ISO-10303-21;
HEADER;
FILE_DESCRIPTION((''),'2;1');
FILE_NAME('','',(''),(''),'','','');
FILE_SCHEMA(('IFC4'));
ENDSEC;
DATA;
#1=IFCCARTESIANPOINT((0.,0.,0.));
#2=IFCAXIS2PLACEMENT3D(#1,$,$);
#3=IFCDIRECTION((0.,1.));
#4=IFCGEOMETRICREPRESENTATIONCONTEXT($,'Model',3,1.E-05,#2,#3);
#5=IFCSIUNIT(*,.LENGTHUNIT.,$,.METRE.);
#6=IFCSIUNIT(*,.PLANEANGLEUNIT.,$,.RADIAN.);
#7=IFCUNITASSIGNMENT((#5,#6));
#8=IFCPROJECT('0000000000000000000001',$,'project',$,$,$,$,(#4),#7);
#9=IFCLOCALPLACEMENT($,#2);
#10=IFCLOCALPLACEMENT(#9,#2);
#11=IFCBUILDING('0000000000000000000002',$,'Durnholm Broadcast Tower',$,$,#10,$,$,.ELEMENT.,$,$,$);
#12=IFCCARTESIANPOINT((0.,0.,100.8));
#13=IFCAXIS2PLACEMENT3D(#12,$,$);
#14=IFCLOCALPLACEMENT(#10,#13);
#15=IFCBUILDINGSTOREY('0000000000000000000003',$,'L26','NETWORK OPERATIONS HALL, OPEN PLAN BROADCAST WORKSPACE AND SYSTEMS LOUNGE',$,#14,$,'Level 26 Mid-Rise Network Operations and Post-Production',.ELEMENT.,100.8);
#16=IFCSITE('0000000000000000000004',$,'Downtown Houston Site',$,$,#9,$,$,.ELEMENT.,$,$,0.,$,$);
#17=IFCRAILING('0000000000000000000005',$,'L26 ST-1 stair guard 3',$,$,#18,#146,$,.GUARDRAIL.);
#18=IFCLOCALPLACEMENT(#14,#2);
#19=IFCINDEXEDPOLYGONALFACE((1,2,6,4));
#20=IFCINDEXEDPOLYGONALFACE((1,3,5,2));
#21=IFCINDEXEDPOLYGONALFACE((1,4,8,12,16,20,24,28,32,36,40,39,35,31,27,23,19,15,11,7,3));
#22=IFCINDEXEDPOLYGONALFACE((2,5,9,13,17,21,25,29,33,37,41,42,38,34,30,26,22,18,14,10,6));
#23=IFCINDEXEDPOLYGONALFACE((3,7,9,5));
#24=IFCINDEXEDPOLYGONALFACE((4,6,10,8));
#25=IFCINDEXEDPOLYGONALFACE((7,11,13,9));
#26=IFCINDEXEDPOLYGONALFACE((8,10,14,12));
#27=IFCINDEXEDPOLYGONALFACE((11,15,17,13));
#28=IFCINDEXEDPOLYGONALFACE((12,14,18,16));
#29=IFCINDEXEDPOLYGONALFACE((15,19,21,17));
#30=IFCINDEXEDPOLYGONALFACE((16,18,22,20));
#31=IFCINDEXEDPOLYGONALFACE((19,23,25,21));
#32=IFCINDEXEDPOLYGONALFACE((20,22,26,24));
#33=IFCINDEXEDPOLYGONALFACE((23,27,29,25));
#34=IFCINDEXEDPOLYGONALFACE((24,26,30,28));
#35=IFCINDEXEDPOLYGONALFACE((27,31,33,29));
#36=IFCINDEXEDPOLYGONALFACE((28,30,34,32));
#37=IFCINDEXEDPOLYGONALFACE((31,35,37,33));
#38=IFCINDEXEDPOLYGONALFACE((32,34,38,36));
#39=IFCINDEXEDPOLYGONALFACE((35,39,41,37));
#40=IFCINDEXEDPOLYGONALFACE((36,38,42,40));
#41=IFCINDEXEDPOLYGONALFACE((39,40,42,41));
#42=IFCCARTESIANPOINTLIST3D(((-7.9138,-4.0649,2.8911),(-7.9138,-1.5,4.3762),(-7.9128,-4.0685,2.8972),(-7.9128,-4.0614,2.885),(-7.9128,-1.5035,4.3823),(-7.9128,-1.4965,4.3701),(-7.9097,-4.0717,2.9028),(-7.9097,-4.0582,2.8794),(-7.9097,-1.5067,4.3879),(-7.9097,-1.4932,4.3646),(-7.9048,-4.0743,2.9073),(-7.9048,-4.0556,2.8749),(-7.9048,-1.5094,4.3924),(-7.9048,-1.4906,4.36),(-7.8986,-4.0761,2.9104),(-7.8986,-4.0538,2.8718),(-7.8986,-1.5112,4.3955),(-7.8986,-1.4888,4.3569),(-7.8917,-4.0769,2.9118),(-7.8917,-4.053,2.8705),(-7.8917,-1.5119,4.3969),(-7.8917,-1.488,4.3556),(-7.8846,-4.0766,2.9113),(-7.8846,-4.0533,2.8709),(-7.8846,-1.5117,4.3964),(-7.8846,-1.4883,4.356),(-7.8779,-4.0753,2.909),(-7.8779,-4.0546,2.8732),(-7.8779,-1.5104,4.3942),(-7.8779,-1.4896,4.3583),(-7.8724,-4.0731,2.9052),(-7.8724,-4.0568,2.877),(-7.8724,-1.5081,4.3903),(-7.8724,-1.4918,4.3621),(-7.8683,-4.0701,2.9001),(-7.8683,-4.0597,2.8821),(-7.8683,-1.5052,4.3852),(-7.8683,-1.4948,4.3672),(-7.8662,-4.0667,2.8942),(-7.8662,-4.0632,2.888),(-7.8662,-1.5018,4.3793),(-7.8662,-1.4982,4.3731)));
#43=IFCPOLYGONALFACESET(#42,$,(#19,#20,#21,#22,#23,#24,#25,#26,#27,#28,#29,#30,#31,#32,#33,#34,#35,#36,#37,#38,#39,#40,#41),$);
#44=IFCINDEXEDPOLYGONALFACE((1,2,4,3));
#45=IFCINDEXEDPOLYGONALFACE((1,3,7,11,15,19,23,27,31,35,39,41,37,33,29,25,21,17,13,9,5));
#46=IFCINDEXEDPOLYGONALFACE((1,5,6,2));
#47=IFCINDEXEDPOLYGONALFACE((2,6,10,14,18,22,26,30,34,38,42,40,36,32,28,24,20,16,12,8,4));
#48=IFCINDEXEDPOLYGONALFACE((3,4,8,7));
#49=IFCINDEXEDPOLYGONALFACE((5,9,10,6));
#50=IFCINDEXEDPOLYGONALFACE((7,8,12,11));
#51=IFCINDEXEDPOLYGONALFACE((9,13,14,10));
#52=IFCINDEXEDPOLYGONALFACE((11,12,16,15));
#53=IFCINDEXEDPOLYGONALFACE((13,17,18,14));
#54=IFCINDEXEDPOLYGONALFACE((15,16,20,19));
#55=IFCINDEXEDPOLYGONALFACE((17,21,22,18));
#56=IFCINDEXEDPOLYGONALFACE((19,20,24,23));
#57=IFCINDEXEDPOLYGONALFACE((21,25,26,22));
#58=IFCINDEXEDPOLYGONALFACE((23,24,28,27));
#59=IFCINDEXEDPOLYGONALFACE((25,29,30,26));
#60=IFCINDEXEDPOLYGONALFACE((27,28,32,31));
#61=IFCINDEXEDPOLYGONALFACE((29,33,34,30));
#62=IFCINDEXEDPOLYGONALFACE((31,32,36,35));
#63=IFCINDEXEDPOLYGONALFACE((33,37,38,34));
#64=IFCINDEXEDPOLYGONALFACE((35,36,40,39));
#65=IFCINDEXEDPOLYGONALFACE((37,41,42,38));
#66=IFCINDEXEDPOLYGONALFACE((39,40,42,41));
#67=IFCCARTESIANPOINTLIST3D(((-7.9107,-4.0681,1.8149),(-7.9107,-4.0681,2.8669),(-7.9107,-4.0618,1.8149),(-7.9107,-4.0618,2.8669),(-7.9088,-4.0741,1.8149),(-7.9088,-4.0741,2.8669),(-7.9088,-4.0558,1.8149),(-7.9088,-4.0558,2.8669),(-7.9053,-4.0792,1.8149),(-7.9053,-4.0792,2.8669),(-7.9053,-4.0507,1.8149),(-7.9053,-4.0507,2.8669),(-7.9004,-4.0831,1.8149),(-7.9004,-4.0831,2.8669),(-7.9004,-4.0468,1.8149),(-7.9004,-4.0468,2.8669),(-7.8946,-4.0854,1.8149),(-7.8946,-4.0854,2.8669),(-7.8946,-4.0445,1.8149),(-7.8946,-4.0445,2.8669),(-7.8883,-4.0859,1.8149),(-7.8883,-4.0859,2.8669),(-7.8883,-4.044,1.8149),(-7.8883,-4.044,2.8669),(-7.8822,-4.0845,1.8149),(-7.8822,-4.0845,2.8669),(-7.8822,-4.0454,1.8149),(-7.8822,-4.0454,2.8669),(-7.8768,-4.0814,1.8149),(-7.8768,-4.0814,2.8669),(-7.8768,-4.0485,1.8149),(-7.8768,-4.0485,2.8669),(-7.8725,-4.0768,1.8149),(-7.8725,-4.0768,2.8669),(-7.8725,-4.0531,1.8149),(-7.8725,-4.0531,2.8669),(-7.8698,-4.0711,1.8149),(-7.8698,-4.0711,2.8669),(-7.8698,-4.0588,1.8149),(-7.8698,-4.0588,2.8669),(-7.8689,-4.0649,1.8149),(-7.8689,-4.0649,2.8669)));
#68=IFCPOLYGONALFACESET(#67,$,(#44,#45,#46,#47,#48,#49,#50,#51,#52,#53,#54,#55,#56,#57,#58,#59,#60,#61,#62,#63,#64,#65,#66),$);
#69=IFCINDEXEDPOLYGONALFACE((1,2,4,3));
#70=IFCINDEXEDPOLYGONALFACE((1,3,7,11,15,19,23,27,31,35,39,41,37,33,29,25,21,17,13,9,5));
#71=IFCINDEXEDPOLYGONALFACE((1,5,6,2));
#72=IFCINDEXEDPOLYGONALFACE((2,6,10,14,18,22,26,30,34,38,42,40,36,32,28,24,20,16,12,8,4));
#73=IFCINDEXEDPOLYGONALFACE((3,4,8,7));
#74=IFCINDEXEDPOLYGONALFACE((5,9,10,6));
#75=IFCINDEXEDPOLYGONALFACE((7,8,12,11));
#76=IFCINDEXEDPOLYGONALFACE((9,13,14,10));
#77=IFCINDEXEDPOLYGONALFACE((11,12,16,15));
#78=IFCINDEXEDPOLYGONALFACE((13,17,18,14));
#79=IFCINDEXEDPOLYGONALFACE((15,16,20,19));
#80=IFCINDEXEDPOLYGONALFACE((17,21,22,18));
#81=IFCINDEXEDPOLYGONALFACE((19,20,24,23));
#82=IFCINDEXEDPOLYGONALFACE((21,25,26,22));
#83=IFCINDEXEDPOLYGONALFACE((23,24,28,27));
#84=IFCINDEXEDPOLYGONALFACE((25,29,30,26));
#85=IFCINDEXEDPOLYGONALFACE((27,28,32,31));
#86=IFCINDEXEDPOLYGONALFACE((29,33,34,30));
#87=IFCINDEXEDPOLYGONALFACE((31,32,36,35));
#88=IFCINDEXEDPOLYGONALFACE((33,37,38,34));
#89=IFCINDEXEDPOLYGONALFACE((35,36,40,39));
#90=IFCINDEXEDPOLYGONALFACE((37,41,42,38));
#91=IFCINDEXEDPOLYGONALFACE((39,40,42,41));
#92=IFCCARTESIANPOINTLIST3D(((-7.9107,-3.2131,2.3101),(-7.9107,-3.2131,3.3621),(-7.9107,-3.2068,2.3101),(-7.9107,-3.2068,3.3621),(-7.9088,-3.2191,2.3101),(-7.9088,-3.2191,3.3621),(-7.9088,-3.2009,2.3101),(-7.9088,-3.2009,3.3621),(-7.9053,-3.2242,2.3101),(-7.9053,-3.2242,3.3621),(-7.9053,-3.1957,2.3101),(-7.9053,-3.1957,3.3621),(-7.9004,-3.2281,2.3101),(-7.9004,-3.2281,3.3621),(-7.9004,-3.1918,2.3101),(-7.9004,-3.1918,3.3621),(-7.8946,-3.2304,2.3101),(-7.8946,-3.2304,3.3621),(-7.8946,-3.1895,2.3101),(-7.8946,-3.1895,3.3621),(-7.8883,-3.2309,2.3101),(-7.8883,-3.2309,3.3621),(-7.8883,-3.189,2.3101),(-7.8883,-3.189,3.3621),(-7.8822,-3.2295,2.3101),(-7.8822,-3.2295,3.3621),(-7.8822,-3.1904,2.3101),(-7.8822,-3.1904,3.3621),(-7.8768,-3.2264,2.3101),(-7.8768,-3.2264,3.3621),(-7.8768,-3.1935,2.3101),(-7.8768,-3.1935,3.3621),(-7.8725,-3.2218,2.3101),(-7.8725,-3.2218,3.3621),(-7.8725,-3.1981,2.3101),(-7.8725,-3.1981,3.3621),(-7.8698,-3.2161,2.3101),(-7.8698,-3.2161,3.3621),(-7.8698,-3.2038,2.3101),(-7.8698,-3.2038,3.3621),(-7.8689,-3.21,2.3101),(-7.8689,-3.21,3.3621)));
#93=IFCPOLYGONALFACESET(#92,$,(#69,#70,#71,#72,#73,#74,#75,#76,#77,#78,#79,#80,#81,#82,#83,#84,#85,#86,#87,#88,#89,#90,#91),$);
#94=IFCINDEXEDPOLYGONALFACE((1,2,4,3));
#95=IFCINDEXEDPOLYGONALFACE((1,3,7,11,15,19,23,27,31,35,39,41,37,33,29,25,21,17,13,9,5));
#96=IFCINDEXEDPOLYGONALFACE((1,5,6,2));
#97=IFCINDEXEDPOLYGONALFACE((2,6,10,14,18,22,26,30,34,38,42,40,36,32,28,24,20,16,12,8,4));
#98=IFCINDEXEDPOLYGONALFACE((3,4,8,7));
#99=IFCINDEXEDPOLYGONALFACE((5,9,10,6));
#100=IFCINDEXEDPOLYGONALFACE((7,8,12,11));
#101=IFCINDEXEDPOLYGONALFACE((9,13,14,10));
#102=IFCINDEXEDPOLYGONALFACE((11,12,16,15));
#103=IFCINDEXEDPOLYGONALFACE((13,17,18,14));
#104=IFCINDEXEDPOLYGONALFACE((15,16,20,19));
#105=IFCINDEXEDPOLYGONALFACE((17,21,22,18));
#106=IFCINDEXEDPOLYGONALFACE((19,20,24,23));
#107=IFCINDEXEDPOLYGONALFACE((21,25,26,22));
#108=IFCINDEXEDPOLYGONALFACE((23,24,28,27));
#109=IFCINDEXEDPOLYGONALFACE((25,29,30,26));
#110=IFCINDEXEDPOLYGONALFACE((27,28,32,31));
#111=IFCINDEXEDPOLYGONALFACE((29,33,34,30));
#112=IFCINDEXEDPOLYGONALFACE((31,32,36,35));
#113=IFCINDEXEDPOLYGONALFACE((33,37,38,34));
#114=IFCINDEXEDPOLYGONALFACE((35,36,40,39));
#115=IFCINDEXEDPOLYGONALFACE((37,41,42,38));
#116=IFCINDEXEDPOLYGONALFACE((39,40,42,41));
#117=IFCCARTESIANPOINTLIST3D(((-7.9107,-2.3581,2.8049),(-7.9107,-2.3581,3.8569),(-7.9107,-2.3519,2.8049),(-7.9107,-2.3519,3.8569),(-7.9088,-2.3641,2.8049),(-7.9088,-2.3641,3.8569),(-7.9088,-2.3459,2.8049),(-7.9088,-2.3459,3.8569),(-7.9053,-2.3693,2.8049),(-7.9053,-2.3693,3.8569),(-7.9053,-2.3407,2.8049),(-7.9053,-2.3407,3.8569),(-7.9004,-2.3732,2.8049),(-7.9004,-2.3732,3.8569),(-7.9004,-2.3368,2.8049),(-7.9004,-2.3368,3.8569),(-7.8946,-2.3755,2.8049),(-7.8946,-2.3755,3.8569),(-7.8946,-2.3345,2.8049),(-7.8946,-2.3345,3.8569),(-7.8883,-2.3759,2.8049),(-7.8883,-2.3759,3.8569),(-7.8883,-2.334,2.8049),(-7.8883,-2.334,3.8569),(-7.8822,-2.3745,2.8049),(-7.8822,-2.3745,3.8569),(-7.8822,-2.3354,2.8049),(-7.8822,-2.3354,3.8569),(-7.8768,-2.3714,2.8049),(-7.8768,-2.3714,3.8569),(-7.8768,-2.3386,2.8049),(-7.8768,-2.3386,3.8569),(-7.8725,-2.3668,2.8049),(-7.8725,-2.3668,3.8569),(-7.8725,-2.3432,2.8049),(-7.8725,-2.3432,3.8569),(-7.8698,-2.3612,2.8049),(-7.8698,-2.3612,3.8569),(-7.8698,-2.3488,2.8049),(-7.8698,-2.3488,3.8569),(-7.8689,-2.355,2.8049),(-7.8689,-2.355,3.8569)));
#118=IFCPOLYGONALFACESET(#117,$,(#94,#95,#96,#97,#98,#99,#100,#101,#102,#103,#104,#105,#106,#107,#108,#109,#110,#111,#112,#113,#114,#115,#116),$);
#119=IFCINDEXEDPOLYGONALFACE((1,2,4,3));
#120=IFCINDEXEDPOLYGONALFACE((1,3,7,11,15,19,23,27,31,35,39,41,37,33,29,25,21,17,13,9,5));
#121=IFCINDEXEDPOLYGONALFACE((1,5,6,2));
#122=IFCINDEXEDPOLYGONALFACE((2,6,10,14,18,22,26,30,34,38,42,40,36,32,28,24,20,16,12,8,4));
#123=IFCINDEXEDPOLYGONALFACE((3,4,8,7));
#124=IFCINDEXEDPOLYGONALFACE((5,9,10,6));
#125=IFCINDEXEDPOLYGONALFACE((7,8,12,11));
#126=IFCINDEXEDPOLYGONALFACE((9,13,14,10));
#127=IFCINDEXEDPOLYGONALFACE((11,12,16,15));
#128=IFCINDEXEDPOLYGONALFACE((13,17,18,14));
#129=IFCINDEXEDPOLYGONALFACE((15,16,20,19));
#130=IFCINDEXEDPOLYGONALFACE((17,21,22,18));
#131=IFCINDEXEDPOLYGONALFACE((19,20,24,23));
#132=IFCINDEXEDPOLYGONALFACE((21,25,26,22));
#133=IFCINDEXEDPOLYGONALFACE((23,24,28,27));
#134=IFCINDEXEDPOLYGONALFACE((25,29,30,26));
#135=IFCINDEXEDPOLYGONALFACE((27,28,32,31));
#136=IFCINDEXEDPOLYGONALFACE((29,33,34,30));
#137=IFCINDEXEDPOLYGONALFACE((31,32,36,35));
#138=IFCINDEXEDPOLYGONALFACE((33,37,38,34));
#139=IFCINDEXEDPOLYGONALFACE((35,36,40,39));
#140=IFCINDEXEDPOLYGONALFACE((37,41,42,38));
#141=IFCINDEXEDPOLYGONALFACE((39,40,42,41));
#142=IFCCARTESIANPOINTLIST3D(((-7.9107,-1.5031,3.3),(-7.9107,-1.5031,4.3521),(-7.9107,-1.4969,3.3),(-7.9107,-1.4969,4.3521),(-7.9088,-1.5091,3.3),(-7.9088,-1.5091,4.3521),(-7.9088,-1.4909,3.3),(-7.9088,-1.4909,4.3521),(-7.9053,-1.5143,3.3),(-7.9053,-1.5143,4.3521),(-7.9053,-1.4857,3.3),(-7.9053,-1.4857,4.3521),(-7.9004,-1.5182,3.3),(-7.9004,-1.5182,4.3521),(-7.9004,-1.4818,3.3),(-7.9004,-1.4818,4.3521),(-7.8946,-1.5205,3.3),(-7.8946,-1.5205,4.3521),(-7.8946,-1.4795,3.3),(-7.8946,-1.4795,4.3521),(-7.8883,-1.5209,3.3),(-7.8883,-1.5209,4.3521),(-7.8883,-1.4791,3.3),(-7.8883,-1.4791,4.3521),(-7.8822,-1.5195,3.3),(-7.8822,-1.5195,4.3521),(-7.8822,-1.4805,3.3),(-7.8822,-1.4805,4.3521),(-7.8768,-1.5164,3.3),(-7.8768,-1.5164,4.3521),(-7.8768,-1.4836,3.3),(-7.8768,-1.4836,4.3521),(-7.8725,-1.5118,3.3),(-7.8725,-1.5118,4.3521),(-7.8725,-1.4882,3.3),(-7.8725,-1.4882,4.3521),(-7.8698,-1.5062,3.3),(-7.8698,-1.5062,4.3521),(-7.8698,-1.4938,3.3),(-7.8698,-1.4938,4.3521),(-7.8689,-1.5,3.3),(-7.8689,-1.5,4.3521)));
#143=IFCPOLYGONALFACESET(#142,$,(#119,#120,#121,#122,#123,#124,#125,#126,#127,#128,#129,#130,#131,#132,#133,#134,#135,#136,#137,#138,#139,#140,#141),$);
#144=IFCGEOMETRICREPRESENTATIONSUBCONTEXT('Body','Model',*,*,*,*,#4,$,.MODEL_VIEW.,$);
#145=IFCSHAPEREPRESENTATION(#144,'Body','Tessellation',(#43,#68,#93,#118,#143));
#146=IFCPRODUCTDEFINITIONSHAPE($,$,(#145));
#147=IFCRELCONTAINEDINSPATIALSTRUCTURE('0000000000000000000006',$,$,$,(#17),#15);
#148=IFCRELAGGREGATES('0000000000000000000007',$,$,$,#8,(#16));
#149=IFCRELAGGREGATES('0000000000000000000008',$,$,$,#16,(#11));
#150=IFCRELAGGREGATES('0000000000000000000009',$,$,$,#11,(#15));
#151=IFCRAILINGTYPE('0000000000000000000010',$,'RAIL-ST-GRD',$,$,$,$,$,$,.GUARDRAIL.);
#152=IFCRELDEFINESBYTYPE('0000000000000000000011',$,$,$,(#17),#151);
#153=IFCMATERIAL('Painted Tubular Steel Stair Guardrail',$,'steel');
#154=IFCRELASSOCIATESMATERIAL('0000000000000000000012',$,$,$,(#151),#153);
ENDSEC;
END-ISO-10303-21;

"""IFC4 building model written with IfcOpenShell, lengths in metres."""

from ifc_helpers import new_model, si_unit, direction, frame, origin, origin_2d, place, context, subcontext, project, spatial, circle, extrude, material, type_object, element, save


model = new_model("IFC4")

# Units and contexts
model_context = context("Model", 3, precision=1e-05, world=origin(), true_north=direction((0.0, 1.0)))
body_context = subcontext(model_context, "Body", "Model", "MODEL_VIEW")
ifc_project = project(units=[si_unit("LENGTHUNIT", "METRE"), si_unit("PLANEANGLEUNIT", "RADIAN")], contexts=[model_context])

# Site, building, storey
site_placement = place(None, origin())
site = spatial("IfcSite", under=ifc_project, at=site_placement, Name="Downtown Houston Site", CompositionType="ELEMENT", RefElevation=0.0)
building_placement = place(site_placement, origin())
building = spatial("IfcBuilding", under=site, at=building_placement, Name="Durnholm Broadcast Tower", CompositionType="ELEMENT")
storey_placement = place(building_placement, frame((0.0, 0.0, 100.8)))
storey = spatial("IfcBuildingStorey", under=building, at=storey_placement, Name="L26", Description="NETWORK OPERATIONS HALL, OPEN PLAN BROADCAST WORKSPACE AND SYSTEMS LOUNGE", LongName="Level 26 Mid-Rise Network Operations and Post-Production", CompositionType="ELEMENT", Elevation=100.8)

# Railing
ifc_material_1 = material(Name="Painted Tubular Steel Stair Guardrail", Category="steel")
railing_type_1 = type_object("IfcRailingType", Name="RAIL-ST-GRD", PredefinedType="GUARDRAIL", material=ifc_material_1)
railing_1_placement = place(storey_placement, frame((-7.8899, -4.0649, 1.8149)))
element("IfcRailing", 1, at=railing_1_placement, inside=storey, type_object=railing_type_1, Name="L26 ST-1 stair guard 3", PredefinedType="GUARDRAIL", context=body_context, shape_type="SweptSolid", body=[
    extrude(circle(Radius=0.0239, at=origin_2d()), frame((0.0, 0.0, 1.0762), z_axis=(0.0, 0.865406, 0.501072), x_axis=(-1.0, 0.0, 0.0)), (0.0, 0.0, 1.0), 2.9639),
    extrude(circle(Radius=0.021, at=origin_2d()), origin(), (0.0, 0.0, 1.0), 1.052),
    extrude(circle(Radius=0.021, at=origin_2d()), frame((0.0, 0.855, 0.4951)), (0.0, 0.0, 1.0), 1.052),
    extrude(circle(Radius=0.021, at=origin_2d()), frame((0.0, 1.71, 0.99)), (0.0, 0.0, 1.0), 1.052),
    extrude(circle(Radius=0.021, at=origin_2d()), frame((0.0, 2.5649, 1.4851)), (0.0, 0.0, 1.0), 1.052),
])

save(model, "model.ifc")
